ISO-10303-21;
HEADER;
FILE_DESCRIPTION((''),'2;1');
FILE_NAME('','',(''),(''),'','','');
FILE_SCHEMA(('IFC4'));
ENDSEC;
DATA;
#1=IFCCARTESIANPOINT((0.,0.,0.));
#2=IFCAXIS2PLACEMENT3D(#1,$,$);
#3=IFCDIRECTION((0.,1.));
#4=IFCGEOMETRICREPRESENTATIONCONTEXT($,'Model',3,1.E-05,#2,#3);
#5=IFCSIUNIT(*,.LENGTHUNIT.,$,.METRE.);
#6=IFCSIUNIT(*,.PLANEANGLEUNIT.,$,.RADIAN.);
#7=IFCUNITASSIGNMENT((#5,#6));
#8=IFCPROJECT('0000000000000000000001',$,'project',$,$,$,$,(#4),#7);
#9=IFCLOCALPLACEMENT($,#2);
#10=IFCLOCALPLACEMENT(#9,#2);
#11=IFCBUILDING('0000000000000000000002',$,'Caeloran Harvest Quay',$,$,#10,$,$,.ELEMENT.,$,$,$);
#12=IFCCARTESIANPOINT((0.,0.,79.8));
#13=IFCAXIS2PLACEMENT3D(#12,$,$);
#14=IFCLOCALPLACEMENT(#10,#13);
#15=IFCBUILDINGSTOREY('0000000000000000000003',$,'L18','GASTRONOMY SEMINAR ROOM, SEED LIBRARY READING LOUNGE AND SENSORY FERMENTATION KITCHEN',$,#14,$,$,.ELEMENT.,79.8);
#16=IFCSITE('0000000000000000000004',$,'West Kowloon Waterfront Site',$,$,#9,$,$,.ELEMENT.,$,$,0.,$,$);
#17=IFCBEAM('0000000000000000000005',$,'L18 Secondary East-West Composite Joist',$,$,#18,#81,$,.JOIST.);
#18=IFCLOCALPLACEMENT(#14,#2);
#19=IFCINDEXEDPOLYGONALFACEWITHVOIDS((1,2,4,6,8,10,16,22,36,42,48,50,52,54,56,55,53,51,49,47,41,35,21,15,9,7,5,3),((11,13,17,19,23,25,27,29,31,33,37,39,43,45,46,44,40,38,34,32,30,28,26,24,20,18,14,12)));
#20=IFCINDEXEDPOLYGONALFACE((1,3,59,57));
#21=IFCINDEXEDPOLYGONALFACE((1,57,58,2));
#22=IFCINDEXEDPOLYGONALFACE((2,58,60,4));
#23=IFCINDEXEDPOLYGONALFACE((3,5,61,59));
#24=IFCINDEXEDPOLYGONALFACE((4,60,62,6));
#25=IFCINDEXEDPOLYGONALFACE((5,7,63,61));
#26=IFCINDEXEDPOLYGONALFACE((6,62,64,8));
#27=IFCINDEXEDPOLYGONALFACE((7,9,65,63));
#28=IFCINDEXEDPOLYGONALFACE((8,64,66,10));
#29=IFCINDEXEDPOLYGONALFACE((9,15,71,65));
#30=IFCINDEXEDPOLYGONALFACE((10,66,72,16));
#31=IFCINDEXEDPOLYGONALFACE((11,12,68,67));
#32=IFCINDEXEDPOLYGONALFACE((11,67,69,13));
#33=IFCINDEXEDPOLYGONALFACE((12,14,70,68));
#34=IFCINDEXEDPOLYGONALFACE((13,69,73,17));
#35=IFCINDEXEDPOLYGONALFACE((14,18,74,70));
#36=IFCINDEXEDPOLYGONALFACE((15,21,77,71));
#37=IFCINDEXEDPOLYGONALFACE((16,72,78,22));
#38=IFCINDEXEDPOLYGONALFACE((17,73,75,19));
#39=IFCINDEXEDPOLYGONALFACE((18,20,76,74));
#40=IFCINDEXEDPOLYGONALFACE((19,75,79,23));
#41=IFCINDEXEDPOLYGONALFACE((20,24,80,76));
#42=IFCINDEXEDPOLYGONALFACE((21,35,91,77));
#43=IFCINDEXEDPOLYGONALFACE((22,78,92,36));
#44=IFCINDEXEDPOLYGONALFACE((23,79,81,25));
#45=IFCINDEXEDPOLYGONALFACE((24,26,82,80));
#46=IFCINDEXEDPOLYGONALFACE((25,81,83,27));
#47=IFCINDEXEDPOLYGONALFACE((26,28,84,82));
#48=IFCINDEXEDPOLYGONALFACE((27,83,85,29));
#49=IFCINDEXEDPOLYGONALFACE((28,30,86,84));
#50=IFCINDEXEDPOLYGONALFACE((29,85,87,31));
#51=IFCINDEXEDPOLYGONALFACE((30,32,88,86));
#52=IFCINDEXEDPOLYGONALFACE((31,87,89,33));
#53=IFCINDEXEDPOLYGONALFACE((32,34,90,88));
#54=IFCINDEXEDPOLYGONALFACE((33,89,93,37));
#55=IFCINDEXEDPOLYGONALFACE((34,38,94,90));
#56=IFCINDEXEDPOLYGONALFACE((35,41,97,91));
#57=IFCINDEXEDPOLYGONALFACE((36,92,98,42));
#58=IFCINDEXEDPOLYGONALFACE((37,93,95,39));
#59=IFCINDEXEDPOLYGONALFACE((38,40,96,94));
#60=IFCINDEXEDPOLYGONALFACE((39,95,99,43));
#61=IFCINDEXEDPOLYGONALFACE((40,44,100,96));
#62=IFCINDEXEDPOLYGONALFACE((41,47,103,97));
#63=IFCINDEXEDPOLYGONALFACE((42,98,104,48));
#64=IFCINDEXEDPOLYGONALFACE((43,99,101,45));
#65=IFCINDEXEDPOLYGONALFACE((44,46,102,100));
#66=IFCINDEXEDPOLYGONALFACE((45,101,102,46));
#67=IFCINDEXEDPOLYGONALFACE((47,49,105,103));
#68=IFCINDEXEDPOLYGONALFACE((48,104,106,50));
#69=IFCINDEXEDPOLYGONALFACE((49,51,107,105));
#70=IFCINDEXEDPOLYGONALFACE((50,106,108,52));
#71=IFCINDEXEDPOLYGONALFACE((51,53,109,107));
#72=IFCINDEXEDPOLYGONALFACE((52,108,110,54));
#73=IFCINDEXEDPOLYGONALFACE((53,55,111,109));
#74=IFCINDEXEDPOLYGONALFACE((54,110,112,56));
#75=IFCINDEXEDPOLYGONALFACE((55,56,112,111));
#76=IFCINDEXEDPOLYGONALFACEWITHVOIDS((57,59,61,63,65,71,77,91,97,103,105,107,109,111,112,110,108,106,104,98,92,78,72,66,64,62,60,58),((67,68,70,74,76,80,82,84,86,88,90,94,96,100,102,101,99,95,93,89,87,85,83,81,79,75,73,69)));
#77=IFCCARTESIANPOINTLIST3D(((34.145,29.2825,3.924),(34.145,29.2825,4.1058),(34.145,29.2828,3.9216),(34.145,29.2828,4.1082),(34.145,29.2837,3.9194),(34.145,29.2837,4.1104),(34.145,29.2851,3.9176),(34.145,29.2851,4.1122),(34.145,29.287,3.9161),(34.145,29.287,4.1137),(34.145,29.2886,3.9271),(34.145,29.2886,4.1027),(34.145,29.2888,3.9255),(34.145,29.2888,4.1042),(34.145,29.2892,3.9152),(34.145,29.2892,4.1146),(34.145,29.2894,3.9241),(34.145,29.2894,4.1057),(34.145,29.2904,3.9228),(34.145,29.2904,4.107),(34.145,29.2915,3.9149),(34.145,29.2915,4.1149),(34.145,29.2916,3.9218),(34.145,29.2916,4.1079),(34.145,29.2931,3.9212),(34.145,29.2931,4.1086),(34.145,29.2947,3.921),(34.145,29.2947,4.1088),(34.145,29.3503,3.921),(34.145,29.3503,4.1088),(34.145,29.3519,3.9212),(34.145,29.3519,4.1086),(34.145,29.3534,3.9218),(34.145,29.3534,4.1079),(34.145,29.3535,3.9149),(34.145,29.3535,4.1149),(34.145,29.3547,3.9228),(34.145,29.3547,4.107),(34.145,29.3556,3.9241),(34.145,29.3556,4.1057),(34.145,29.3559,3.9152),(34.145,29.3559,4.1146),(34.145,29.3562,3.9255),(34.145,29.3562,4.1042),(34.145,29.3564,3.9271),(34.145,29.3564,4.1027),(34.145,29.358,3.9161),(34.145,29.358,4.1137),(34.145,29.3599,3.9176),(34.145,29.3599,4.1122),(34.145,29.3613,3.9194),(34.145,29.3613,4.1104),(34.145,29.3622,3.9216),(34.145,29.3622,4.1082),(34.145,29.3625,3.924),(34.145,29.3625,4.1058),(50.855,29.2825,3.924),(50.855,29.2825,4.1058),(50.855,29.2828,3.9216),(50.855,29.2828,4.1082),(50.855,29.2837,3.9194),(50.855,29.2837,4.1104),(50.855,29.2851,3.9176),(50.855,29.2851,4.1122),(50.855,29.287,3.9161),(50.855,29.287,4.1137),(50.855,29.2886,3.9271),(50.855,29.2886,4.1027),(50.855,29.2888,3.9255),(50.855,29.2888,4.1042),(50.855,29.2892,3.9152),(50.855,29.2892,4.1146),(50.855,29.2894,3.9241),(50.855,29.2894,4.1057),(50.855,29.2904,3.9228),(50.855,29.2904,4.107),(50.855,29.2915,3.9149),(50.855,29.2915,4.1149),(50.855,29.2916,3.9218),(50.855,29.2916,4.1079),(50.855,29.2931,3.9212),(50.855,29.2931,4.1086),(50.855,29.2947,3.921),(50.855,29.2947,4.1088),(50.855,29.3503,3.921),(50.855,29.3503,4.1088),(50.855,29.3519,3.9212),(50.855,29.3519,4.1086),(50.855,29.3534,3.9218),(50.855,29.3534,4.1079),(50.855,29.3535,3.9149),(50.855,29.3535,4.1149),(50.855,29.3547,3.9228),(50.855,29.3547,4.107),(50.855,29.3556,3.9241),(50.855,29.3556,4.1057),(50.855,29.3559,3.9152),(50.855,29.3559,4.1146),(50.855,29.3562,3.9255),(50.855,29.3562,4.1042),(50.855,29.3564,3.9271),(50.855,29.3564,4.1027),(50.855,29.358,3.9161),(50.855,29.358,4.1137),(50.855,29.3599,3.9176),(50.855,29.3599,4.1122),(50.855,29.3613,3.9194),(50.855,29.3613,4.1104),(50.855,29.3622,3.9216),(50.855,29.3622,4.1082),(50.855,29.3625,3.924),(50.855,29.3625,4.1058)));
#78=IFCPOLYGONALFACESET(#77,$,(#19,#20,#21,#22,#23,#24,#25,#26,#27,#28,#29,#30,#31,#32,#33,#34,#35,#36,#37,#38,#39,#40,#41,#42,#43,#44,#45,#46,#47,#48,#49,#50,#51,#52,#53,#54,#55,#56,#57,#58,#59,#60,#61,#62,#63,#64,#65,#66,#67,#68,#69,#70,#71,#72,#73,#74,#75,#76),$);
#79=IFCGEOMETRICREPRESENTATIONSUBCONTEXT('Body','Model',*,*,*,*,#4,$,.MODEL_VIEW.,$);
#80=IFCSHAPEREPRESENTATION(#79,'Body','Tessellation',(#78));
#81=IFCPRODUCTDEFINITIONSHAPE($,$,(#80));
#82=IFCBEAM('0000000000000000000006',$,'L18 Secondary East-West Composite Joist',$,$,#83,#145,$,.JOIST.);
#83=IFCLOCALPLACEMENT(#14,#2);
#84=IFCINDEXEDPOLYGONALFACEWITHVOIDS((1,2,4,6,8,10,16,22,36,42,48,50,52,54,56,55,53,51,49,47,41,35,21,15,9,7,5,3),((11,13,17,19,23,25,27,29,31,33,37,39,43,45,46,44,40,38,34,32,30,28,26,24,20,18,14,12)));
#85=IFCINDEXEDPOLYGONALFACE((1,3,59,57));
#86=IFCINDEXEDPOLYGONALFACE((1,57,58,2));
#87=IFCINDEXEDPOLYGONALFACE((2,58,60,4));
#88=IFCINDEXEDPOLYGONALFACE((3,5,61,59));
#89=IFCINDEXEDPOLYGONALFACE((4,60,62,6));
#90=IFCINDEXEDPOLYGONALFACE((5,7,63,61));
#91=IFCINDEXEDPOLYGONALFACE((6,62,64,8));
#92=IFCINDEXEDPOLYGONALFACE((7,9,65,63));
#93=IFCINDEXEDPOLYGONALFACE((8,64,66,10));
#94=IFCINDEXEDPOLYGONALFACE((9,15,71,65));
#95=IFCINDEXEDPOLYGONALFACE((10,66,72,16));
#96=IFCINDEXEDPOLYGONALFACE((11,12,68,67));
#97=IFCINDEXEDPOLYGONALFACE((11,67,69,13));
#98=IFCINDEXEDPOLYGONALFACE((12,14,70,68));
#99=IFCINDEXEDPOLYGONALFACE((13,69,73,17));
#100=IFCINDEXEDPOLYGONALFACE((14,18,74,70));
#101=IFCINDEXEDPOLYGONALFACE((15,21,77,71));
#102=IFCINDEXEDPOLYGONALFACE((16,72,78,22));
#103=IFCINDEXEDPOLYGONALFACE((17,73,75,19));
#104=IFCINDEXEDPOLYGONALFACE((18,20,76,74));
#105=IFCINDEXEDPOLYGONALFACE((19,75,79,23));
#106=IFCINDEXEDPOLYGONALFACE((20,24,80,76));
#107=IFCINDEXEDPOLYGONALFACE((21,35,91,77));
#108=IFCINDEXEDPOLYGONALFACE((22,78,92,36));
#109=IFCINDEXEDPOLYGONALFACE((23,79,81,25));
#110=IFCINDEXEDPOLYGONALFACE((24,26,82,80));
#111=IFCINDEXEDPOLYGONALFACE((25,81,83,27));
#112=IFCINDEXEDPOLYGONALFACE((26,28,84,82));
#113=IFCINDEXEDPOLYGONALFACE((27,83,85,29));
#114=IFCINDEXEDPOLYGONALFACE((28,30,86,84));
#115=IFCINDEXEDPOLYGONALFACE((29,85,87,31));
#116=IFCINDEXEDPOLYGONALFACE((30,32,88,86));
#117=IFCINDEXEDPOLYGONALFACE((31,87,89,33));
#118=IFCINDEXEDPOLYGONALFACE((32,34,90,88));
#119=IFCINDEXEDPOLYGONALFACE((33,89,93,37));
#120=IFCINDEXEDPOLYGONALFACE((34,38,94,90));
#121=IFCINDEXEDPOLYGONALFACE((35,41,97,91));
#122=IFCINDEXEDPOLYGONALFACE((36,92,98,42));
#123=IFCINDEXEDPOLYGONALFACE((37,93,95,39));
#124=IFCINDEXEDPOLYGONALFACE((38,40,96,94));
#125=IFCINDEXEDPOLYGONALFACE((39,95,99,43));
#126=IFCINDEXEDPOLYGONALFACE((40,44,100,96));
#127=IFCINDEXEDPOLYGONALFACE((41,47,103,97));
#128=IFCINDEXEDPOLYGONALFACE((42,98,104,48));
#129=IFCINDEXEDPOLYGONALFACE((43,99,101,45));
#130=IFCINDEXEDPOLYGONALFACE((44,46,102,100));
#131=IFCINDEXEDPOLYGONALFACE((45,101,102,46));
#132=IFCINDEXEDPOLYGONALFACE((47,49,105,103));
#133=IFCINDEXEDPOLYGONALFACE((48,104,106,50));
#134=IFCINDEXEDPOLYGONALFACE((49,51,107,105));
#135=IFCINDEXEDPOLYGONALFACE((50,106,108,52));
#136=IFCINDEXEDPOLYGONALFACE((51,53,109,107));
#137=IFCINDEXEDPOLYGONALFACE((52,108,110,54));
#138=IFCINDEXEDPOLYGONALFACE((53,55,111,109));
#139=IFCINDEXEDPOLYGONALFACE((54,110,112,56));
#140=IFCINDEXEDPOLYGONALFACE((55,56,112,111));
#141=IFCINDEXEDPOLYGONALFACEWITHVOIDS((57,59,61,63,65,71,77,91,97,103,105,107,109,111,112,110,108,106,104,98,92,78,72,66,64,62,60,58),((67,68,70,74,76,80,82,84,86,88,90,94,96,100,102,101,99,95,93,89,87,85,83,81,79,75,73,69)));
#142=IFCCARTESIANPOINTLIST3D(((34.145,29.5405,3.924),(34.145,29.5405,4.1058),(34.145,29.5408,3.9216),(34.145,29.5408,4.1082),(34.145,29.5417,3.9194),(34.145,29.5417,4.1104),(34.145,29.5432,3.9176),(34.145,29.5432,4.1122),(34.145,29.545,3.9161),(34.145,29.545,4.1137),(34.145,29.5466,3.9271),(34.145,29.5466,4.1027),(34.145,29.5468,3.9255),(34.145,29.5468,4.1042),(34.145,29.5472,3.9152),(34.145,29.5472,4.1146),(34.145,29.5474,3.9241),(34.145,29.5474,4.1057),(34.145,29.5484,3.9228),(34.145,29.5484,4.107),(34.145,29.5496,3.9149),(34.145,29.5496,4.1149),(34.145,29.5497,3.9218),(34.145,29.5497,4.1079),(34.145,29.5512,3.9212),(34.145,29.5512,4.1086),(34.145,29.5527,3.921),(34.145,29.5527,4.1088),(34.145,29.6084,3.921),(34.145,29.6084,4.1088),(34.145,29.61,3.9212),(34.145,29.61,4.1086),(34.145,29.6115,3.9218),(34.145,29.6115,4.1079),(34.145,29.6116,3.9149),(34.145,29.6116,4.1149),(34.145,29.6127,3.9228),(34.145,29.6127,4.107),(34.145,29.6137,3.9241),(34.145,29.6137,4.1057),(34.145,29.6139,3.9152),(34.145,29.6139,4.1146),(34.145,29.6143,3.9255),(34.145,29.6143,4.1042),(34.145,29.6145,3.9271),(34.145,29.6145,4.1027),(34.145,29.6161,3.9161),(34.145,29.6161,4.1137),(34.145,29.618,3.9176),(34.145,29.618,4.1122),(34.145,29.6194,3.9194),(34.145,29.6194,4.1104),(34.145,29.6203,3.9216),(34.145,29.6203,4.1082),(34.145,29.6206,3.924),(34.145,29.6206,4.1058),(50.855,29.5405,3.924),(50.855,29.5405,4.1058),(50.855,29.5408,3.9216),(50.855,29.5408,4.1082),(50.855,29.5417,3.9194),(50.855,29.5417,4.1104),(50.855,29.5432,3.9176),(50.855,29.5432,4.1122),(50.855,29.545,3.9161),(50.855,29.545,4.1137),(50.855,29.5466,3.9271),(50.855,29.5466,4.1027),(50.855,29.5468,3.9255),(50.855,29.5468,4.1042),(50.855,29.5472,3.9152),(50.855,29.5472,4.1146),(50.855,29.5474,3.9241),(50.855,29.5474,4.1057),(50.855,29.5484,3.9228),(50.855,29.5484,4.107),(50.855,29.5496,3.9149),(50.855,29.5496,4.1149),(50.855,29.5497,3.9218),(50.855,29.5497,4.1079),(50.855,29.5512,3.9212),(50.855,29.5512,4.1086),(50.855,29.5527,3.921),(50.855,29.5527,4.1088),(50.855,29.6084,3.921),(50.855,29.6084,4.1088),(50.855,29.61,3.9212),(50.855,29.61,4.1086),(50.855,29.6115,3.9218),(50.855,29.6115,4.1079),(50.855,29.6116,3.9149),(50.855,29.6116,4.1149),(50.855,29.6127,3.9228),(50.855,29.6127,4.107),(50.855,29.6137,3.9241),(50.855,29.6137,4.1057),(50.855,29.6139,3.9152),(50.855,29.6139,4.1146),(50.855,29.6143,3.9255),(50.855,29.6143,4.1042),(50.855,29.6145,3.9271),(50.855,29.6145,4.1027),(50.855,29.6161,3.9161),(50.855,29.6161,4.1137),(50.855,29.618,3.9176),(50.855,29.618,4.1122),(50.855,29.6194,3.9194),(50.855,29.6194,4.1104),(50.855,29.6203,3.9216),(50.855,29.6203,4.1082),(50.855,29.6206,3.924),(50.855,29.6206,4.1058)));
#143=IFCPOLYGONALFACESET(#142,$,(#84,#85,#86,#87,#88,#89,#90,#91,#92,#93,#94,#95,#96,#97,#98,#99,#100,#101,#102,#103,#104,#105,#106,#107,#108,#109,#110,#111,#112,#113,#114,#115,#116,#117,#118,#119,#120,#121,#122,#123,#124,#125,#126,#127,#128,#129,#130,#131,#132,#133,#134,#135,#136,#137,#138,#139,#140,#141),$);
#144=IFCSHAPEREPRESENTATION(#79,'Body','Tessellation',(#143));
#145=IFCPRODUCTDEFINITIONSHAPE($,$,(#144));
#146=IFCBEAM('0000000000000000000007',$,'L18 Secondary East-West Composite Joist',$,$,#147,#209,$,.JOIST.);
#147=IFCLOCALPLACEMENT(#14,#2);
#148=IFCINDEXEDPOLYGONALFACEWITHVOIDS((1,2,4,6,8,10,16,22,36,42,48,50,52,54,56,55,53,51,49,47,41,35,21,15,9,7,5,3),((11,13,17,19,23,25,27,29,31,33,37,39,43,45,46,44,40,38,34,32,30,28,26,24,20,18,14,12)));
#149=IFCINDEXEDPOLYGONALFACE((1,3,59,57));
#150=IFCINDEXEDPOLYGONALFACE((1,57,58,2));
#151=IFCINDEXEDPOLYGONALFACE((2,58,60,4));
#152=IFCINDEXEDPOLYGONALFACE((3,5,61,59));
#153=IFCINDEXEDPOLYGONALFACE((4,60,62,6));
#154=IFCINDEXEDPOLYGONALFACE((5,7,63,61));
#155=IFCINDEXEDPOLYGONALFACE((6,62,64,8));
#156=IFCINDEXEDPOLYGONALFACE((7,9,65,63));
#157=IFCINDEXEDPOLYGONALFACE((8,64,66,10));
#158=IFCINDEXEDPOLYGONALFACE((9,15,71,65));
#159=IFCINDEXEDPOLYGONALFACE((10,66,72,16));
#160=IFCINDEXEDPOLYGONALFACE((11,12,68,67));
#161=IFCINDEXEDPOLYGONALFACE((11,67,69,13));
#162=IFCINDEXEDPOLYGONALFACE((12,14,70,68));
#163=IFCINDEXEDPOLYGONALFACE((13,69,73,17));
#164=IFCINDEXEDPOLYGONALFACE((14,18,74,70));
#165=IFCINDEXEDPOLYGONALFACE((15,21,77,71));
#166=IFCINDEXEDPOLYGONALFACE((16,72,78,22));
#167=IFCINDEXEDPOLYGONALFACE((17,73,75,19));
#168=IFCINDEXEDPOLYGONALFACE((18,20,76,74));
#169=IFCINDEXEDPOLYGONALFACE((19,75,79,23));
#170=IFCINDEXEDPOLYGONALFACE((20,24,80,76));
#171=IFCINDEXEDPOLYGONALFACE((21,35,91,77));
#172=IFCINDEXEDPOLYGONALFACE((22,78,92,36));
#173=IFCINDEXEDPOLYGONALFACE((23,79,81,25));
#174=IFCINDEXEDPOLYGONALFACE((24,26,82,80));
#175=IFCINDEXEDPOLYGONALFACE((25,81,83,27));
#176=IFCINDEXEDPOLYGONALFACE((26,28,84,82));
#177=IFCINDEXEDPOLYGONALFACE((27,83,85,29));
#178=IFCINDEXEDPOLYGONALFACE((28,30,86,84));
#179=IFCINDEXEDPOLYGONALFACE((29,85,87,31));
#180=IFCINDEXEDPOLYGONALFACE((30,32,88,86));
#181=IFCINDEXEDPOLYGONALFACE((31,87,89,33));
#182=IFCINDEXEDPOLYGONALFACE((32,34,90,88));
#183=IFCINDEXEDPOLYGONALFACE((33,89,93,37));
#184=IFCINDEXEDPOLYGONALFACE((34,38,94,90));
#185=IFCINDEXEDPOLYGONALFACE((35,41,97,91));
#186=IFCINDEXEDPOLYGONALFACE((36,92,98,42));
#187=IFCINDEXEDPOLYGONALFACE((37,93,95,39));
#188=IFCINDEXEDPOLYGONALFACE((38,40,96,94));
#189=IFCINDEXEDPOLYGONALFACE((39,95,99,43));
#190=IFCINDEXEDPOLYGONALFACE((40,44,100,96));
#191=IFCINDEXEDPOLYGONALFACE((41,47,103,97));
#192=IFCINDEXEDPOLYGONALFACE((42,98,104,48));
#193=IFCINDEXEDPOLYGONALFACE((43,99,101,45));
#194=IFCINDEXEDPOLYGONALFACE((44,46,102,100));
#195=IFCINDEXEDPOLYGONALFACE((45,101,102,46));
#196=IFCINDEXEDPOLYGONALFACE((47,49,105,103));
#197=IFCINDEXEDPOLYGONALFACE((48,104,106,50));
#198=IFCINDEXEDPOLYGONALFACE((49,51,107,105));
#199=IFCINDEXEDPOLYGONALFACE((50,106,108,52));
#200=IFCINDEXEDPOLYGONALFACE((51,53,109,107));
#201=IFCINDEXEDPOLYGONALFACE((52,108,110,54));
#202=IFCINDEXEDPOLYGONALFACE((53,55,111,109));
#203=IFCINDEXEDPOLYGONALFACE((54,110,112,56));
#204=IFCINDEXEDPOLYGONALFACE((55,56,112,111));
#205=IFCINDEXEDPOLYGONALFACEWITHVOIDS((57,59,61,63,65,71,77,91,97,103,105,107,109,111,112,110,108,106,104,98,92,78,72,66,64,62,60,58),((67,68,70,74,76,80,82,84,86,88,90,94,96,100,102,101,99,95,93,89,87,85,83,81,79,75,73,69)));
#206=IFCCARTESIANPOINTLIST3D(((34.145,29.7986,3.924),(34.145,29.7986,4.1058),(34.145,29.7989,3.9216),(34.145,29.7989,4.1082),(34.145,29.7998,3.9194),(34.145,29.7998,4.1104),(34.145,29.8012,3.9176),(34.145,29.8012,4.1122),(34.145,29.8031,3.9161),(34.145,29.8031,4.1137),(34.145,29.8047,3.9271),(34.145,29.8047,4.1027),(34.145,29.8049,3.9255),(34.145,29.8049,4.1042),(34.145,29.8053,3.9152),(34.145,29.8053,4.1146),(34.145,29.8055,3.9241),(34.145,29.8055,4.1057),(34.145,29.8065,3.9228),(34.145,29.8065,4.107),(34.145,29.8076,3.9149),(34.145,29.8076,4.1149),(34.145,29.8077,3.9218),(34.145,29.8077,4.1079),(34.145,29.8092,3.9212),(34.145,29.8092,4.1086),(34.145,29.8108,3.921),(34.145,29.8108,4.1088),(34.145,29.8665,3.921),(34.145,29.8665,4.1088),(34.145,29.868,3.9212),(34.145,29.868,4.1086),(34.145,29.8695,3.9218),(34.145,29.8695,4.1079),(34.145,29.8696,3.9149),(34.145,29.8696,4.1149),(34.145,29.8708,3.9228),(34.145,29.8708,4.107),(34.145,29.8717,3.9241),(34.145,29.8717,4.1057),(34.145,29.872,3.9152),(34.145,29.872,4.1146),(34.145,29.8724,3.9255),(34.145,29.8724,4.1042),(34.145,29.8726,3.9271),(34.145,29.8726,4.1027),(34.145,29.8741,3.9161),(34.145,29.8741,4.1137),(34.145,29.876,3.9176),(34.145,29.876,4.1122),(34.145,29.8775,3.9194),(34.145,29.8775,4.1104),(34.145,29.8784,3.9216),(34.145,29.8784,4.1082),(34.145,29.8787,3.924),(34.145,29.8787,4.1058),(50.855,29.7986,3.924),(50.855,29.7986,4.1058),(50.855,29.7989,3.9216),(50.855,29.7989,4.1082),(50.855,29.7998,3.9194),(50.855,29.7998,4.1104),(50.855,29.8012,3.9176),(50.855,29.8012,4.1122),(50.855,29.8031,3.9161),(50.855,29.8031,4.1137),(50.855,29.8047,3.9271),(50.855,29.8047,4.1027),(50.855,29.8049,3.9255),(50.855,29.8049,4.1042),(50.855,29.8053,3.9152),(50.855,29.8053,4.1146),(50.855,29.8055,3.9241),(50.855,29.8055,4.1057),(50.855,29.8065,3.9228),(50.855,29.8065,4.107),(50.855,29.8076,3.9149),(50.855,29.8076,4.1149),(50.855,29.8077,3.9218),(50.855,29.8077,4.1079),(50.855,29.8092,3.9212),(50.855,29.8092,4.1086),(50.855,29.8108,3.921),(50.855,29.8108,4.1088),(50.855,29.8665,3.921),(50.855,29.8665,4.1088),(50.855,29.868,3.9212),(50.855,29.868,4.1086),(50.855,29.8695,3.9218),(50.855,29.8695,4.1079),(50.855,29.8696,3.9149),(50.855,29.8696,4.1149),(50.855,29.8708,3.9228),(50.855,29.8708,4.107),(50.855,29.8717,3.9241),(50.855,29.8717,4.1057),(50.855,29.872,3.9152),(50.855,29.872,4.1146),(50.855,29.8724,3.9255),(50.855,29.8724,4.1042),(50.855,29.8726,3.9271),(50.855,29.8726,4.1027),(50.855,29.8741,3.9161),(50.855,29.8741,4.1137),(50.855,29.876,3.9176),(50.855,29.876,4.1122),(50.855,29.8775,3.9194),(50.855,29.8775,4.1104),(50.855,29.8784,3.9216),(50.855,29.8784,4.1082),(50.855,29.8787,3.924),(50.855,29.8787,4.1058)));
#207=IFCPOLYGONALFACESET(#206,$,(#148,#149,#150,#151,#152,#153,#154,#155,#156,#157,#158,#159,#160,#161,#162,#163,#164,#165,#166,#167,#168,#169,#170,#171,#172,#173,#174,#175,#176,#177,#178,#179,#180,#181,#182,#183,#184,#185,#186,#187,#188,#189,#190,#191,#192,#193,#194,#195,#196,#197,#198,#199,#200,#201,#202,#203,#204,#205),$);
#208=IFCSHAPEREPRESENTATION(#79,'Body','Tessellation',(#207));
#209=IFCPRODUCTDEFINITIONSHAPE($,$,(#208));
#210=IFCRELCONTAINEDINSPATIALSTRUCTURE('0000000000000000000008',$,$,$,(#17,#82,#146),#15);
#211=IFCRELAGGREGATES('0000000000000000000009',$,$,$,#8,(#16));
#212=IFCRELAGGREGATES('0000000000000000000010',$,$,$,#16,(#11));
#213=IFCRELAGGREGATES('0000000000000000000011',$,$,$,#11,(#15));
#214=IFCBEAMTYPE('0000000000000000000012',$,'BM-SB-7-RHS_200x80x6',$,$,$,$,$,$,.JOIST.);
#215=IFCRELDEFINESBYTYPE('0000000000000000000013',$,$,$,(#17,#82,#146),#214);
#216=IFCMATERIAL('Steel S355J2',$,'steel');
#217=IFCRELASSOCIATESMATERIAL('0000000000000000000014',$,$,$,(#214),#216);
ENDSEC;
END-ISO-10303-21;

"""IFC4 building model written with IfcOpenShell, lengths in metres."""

from ifc_helpers import new_model, si_unit, direction, frame, origin, origin_2d, place, context, subcontext, project, spatial, hollow_rectangle, extrude, material, material_profile, profile_set, type_object, element, save


model = new_model("IFC4")

# Units and contexts
model_context = context("Model", 3, precision=1e-05, world=origin(), true_north=direction((0.0, 1.0)))
body_context = subcontext(model_context, "Body", "Model", "MODEL_VIEW")
ifc_project = project(units=[si_unit("LENGTHUNIT", "METRE"), si_unit("PLANEANGLEUNIT", "RADIAN")], contexts=[model_context])

# Site, building, storey
site_placement = place(None, origin())
site = spatial("IfcSite", under=ifc_project, at=site_placement, Name="West Kowloon Waterfront Site", CompositionType="ELEMENT", RefElevation=0.0)
building_placement = place(site_placement, origin())
building = spatial("IfcBuilding", under=site, at=building_placement, Name="Caeloran Harvest Quay", CompositionType="ELEMENT")
storey_placement = place(building_placement, frame((0.0, 0.0, 79.8)))
storey = spatial("IfcBuildingStorey", under=building, at=storey_placement, Name="L18", Description="GASTRONOMY SEMINAR ROOM, SEED LIBRARY READING LOUNGE AND SENSORY FERMENTATION KITCHEN", CompositionType="ELEMENT", Elevation=79.8)

# Beams
ifc_material_1 = material(Name="Steel S355J2", Category="steel")
ifc_material_profile_1 = material_profile(ifc_material_1, hollow_rectangle(XDim=0.0801, YDim=0.2, WallThickness=0.0061, InnerFilletRadius=0.0061, OuterFilletRadius=0.009, at=origin_2d()), Name="RHS 200x80x6")
ifc_profile_set_1 = profile_set([ifc_material_profile_1], Name="Steel S355J2")
beam_type_1 = type_object("IfcBeamType", Name="BM-SB-7-RHS_200x80x6", PredefinedType="JOIST", material=ifc_profile_set_1)
for number, where, z_axis, x_axis, name in (
    (1, (34.145, 29.3225, 4.0149), (1.0, 0.0, 0.0), (0.0, 1.0, 0.0), "L18 Secondary East-West Composite Joist"),
    (2, (34.145, 29.5806, 4.0149), (1.0, 0.0, 0.0), (0.0, 1.0, 0.0), "L18 Secondary East-West Composite Joist"),
    (3, (34.145, 29.8386, 4.0149), (1.0, 0.0, 0.0), (0.0, 1.0, 0.0), "L18 Secondary East-West Composite Joist"),
):
    element("IfcBeam", number, at=place(storey_placement, frame(where, z_axis=z_axis, x_axis=x_axis)), inside=storey, type_object=beam_type_1, Name=name, PredefinedType="JOIST", context=body_context, shape_type="SweptSolid", body=[
        extrude(hollow_rectangle(XDim=0.0801, YDim=0.2, WallThickness=0.0061, InnerFilletRadius=0.0061, OuterFilletRadius=0.009, at=origin_2d()), origin(), (0.0, 0.0, 1.0), 16.71),
    ])

save(model, "model.ifc")
